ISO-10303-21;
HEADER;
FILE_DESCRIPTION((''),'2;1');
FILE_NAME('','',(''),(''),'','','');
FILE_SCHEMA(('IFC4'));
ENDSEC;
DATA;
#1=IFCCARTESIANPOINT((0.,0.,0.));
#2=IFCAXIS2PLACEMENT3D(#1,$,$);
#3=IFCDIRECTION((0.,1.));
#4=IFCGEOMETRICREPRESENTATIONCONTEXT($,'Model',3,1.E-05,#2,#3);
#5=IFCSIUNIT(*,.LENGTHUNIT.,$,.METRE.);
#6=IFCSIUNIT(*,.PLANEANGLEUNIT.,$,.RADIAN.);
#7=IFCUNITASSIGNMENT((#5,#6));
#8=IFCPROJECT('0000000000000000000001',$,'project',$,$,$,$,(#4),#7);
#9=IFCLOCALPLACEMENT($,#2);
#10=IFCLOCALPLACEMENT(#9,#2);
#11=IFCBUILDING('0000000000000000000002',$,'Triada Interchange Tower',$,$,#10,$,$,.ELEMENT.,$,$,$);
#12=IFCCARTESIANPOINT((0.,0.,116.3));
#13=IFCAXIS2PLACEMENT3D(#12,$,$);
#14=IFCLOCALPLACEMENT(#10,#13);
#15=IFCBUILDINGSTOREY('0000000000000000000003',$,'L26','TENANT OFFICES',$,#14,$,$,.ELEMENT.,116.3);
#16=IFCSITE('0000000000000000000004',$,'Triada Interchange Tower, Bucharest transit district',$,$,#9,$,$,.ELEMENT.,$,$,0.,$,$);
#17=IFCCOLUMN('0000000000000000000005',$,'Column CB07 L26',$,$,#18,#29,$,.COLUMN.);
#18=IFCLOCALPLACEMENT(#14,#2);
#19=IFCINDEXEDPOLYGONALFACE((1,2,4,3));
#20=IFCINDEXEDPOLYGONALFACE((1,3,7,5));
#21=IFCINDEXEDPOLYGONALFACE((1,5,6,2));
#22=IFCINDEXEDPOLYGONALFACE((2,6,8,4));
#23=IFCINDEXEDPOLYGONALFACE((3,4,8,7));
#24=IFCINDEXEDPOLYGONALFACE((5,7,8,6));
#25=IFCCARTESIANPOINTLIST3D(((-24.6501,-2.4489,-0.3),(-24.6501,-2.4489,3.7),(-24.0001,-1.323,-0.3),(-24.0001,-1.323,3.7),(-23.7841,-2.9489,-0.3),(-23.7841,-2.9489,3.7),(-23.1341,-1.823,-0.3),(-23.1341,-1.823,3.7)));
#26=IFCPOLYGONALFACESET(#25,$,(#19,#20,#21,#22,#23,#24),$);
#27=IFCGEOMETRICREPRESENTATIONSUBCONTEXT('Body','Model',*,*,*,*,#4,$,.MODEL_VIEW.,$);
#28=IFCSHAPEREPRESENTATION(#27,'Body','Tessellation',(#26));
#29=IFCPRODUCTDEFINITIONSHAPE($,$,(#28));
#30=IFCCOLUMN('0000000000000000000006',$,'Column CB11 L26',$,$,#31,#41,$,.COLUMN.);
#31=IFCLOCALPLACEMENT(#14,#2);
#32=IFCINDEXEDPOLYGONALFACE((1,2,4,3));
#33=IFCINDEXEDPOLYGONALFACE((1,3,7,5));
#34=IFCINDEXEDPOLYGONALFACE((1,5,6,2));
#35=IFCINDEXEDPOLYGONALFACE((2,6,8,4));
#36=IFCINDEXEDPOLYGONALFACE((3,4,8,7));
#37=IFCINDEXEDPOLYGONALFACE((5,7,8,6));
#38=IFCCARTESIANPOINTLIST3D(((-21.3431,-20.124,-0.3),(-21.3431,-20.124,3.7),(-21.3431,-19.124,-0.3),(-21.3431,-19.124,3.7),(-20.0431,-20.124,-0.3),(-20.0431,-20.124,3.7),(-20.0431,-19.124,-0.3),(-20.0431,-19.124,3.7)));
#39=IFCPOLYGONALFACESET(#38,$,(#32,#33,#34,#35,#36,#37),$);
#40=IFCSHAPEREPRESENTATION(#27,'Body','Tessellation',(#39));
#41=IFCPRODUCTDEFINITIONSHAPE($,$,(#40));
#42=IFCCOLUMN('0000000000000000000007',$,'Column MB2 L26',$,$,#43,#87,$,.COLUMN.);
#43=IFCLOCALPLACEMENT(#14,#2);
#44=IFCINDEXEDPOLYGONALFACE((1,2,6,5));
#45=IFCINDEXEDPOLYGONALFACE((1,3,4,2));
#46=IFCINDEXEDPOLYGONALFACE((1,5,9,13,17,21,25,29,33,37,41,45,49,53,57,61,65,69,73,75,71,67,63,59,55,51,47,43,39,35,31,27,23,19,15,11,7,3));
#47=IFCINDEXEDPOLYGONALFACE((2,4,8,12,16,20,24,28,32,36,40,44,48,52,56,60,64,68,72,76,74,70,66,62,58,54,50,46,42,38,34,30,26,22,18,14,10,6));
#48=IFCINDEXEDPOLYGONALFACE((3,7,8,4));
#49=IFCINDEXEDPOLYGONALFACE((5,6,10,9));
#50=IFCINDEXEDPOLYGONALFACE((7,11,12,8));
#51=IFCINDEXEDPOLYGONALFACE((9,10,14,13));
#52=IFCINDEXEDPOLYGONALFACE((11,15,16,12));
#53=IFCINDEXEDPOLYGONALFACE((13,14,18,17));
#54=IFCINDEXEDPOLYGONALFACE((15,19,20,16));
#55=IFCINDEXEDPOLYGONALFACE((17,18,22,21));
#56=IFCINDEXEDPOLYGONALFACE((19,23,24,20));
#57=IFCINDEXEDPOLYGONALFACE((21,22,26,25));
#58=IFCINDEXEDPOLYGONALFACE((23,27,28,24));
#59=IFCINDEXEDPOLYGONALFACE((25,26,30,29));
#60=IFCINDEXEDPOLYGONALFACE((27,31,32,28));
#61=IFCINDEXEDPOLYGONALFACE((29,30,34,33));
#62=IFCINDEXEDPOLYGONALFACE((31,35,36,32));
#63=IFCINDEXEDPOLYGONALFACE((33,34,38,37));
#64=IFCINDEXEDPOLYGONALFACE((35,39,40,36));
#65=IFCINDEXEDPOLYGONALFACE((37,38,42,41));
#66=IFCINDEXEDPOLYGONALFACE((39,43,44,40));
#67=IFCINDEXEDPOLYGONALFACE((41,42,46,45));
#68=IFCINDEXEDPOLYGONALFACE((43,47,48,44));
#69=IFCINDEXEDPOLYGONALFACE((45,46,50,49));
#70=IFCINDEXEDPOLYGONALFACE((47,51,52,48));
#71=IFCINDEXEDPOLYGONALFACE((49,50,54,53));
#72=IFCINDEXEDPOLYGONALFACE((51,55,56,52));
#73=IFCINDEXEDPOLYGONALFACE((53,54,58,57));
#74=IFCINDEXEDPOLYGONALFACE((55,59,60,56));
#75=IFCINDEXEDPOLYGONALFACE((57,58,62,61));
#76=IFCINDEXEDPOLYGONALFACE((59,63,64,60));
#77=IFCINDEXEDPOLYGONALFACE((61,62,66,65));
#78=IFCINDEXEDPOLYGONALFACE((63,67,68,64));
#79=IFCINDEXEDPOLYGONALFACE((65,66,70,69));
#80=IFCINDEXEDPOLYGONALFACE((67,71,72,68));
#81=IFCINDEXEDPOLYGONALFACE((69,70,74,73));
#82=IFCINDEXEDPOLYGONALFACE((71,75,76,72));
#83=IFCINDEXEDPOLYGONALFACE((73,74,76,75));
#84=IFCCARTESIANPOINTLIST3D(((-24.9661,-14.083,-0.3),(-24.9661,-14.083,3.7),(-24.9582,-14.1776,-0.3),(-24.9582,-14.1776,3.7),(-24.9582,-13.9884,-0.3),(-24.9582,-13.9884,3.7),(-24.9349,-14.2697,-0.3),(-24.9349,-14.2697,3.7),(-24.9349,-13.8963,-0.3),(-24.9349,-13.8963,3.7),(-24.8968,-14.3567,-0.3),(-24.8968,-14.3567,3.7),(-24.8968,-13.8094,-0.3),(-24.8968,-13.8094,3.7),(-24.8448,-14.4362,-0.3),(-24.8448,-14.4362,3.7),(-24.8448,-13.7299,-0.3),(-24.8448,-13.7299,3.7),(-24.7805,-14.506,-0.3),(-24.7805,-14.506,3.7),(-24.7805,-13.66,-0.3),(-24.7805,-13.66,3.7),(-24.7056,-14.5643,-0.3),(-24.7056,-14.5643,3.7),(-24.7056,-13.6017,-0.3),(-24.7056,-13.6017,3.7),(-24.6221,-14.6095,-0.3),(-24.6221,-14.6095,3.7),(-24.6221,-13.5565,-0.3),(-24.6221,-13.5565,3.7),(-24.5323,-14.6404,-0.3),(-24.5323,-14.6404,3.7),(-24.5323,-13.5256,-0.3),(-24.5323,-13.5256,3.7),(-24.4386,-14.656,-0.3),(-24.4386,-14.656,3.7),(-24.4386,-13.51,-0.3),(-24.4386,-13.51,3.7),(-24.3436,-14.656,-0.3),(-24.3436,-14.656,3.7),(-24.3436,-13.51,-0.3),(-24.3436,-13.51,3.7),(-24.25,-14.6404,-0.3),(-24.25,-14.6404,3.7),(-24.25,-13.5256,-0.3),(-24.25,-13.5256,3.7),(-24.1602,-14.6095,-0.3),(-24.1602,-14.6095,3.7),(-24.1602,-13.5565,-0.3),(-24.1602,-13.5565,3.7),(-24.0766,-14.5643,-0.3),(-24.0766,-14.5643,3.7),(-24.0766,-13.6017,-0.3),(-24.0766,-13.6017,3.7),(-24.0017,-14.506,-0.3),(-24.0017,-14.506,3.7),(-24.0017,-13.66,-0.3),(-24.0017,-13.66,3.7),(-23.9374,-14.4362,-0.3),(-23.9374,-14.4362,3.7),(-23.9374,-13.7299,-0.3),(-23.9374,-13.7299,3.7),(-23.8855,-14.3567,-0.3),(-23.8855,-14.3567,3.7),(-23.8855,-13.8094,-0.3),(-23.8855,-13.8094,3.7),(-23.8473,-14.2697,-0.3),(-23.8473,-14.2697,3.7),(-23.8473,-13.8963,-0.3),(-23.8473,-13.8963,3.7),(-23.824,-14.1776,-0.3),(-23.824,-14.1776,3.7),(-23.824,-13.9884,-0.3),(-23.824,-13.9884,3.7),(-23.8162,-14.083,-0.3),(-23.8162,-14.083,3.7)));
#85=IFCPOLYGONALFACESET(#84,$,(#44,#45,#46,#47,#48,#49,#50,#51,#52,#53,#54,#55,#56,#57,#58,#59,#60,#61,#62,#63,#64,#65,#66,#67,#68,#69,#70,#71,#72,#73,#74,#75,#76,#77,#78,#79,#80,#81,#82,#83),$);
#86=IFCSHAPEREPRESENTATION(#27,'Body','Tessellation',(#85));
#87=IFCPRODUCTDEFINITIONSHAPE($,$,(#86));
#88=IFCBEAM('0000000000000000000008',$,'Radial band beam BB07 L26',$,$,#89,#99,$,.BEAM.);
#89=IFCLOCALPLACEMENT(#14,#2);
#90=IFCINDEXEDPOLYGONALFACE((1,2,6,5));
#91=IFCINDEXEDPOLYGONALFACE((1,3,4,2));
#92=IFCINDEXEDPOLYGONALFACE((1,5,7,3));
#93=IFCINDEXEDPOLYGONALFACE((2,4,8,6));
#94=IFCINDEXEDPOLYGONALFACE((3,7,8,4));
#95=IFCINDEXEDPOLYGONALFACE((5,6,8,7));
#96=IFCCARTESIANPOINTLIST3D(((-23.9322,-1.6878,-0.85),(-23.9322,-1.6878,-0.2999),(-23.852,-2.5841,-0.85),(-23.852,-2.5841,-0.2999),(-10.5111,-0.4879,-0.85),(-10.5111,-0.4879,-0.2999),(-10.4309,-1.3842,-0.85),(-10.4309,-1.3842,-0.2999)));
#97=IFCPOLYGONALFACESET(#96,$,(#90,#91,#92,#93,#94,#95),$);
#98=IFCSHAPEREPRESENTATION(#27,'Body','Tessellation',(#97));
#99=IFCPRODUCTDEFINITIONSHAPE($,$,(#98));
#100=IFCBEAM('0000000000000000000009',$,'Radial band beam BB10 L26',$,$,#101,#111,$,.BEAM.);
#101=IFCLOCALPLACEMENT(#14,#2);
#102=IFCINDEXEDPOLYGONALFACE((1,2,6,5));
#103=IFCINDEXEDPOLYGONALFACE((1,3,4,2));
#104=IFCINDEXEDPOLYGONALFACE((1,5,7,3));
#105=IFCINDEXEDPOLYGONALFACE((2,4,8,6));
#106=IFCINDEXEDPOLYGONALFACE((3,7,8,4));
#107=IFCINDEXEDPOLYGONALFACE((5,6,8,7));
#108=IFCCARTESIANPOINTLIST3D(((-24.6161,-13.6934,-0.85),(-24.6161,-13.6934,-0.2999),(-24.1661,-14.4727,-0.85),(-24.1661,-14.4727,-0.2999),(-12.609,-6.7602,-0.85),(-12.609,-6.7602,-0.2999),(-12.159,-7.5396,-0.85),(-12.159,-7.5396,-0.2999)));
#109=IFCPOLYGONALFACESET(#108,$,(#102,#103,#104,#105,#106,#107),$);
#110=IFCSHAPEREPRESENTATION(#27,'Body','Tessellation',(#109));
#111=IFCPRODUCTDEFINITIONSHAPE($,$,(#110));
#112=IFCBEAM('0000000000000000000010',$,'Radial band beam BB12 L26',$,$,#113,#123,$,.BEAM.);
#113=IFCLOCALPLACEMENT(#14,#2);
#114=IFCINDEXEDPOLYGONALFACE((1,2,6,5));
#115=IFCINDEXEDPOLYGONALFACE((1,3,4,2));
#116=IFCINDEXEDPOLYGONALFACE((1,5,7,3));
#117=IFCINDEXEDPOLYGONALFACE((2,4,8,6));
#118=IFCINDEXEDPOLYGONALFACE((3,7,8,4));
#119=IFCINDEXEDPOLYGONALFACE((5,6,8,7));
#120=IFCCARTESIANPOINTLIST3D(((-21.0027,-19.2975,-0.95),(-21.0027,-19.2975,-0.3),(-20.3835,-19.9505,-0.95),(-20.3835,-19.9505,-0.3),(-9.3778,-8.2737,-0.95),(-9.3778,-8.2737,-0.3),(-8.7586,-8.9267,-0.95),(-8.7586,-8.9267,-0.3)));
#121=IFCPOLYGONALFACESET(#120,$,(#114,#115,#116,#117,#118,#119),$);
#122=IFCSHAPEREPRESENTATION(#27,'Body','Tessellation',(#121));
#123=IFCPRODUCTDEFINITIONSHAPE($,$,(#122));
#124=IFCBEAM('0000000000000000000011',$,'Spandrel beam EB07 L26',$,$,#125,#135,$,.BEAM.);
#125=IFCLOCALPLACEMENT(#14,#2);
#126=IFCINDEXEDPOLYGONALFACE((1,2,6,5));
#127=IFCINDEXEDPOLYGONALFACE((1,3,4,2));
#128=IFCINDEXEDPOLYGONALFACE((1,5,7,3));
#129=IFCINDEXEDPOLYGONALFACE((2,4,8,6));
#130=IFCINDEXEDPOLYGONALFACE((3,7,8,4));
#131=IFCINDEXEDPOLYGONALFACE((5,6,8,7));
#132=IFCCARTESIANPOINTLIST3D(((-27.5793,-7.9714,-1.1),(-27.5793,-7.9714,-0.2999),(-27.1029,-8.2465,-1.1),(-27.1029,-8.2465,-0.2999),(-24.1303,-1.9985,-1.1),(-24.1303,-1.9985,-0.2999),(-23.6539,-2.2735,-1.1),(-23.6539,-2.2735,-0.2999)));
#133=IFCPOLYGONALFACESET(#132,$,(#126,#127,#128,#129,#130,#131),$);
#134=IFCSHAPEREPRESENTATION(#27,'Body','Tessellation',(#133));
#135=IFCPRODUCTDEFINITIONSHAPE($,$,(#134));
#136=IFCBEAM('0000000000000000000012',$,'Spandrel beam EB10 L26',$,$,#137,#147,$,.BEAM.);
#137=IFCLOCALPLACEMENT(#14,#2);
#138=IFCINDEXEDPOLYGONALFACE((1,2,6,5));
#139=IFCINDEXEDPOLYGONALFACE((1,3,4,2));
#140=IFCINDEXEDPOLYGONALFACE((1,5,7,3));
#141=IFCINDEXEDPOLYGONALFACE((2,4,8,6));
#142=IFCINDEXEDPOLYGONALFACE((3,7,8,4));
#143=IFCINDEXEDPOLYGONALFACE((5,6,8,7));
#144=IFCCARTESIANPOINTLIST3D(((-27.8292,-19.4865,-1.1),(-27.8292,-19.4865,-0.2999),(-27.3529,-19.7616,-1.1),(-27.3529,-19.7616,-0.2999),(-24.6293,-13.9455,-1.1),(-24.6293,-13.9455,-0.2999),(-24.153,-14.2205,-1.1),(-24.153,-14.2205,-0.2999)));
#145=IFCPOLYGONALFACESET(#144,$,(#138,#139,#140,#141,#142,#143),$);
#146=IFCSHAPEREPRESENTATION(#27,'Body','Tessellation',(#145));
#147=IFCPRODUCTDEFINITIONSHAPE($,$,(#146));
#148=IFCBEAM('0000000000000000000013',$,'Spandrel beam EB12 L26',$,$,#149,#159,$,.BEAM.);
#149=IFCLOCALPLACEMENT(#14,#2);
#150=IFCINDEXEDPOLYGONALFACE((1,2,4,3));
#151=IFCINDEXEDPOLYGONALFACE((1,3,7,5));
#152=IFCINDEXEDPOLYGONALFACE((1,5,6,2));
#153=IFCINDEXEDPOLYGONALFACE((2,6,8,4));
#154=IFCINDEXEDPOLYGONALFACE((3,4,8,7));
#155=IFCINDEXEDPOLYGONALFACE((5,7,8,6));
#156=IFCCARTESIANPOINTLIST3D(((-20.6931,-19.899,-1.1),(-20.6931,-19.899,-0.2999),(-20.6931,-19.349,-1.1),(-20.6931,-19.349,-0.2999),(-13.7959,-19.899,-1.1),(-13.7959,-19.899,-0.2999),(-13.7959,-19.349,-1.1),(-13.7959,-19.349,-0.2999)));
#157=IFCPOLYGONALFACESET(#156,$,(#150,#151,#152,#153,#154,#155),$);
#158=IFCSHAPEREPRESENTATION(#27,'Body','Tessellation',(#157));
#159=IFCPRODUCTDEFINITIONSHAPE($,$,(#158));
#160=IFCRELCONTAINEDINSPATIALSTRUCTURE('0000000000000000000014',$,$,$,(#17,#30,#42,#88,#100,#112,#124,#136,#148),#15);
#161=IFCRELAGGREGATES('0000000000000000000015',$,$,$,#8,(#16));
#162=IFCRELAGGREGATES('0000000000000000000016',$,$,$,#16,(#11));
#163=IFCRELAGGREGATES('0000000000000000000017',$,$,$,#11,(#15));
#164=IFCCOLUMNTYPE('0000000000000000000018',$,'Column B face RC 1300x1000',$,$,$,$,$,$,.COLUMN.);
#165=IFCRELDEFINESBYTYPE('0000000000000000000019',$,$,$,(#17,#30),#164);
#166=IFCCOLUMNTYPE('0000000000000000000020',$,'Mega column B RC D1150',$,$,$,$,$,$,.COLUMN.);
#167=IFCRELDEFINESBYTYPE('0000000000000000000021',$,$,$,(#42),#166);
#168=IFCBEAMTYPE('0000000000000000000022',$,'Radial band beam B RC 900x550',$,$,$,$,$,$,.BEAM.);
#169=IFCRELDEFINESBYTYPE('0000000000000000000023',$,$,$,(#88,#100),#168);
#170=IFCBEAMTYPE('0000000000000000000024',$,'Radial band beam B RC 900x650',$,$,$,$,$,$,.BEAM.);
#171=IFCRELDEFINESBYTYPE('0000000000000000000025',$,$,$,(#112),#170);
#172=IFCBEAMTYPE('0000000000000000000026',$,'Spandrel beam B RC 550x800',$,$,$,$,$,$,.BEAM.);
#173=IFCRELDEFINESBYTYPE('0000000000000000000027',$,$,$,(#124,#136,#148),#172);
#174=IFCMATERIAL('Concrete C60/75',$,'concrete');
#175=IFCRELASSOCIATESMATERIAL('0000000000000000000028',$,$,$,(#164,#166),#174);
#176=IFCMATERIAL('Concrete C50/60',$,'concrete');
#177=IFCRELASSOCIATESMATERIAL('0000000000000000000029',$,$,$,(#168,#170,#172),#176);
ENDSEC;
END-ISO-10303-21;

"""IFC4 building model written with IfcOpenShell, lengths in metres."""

from ifc_helpers import new_model, si_unit, direction, frame, origin, origin_2d, place, context, subcontext, project, spatial, rectangle, circle, extrude, material, material_profile, profile_set, type_object, element, save


model = new_model("IFC4")

# Units and contexts
model_context = context("Model", 3, precision=1e-05, world=origin(), true_north=direction((0.0, 1.0)))
body_context = subcontext(model_context, "Body", "Model", "MODEL_VIEW")
ifc_project = project(units=[si_unit("LENGTHUNIT", "METRE"), si_unit("PLANEANGLEUNIT", "RADIAN")], contexts=[model_context])

# Site, building, storey
site_placement = place(None, origin())
site = spatial("IfcSite", under=ifc_project, at=site_placement, Name="Triada Interchange Tower, Bucharest transit district", CompositionType="ELEMENT", RefElevation=0.0)
building_placement = place(site_placement, origin())
building = spatial("IfcBuilding", under=site, at=building_placement, Name="Triada Interchange Tower", CompositionType="ELEMENT")
storey_placement = place(building_placement, frame((0.0, 0.0, 116.3)))
storey = spatial("IfcBuildingStorey", under=building, at=storey_placement, Name="L26", Description="TENANT OFFICES", CompositionType="ELEMENT", Elevation=116.3)

# Columns
ifc_material_1 = material(Name="Concrete C60/75", Category="concrete")
ifc_material_profile_1 = material_profile(ifc_material_1, rectangle(XDim=1.3, YDim=1.0, at=origin_2d()), Name="RC 1300x1000")
ifc_profile_set_1 = profile_set([ifc_material_profile_1], Name="Concrete C60/75")
column_type_1 = type_object("IfcColumnType", Name="Column B face RC 1300x1000", PredefinedType="COLUMN", material=ifc_profile_set_1)
for number, where, z_axis, x_axis, name in (
    (1, (-23.8921, -2.136, -0.3), (0.0, 0.0, 1.0), (0.5, 0.866025, 0.0), "Column CB07 L26"),
    (2, (-20.6931, -19.624, -0.3), (0.0, 0.0, 1.0), (1.0, 0.0, 0.0), "Column CB11 L26"),
):
    element("IfcColumn", number, at=place(storey_placement, frame(where, z_axis=z_axis, x_axis=x_axis)), inside=storey, type_object=column_type_1, Name=name, PredefinedType="COLUMN", context=body_context, shape_type="SweptSolid", body=[
        extrude(rectangle(XDim=1.3, YDim=1.0, at=origin_2d()), origin(), (0.0, 0.0, 1.0), 4.0),
    ])
ifc_material_profile_2 = material_profile(ifc_material_1, circle(Radius=0.575, at=origin_2d()), Name="RC D1150")
ifc_profile_set_2 = profile_set([ifc_material_profile_2], Name="Concrete C60/75")
column_type_2 = type_object("IfcColumnType", Name="Mega column B RC D1150", PredefinedType="COLUMN", material=ifc_profile_set_2)
column_placement = place(storey_placement, frame((-24.3911, -14.083, -0.3), z_axis=(0.0, 0.0, 1.0), x_axis=(1.0, 0.0, 0.0)))
element("IfcColumn", 3, at=column_placement, inside=storey, type_object=column_type_2, Name="Column MB2 L26", PredefinedType="COLUMN", context=body_context, shape_type="SweptSolid", body=[
    extrude(circle(Radius=0.575, at=origin_2d()), origin(), (0.0, 0.0, 1.0), 4.0),
])

# Beams
ifc_material_2 = material(Name="Concrete C50/60", Category="concrete")
ifc_material_profile_3 = material_profile(ifc_material_2, rectangle(XDim=0.8999, YDim=0.55, at=origin_2d()), Name="RC 900x550")
ifc_profile_set_3 = profile_set([ifc_material_profile_3], Name="Concrete C50/60")
beam_type_1 = type_object("IfcBeamType", Name="Radial band beam B RC 900x550", PredefinedType="BEAM", material=ifc_profile_set_3)
beam_1_placement = place(storey_placement, frame((-23.8921, -2.136, -0.575), z_axis=(0.996027, 0.089052, 0.0), x_axis=(-0.089052, 0.996027, 0.0)))
element("IfcBeam", 4, at=beam_1_placement, inside=storey, type_object=beam_type_1, Name="Radial band beam BB07 L26", PredefinedType="BEAM", context=body_context, shape_type="SweptSolid", body=[
    extrude(rectangle(XDim=0.8999, YDim=0.55, at=origin_2d()), origin(), (0.0, 0.0, 1.0), 13.4746),
])
beam_2_placement = place(storey_placement, frame((-24.3911, -14.083, -0.575), z_axis=(0.866, 0.500044, 0.0), x_axis=(-0.500044, 0.866, 0.0)))
element("IfcBeam", 5, at=beam_2_placement, inside=storey, type_object=beam_type_1, Name="Radial band beam BB10 L26", PredefinedType="BEAM", context=body_context, shape_type="SweptSolid", body=[
    extrude(rectangle(XDim=0.8999, YDim=0.55, at=origin_2d()), origin(), (0.0, 0.0, 1.0), 13.865),
])
ifc_material_profile_4 = material_profile(ifc_material_2, rectangle(XDim=0.8999, YDim=0.6499, at=origin_2d()), Name="RC 900x650")
ifc_profile_set_4 = profile_set([ifc_material_profile_4], Name="Concrete C50/60")
beam_type_2 = type_object("IfcBeamType", Name="Radial band beam B RC 900x650", PredefinedType="BEAM", material=ifc_profile_set_4)
beam_3_placement = place(storey_placement, frame((-20.6931, -19.624, -0.625), z_axis=(0.725617, 0.688099, 0.0), x_axis=(-0.688099, 0.725617, 0.0)))
element("IfcBeam", 6, at=beam_3_placement, inside=storey, type_object=beam_type_2, Name="Radial band beam BB12 L26", PredefinedType="BEAM", context=body_context, shape_type="SweptSolid", body=[
    extrude(rectangle(XDim=0.8999, YDim=0.6499, at=origin_2d()), origin(), (0.0, 0.0, 1.0), 16.0208),
])
ifc_material_profile_5 = material_profile(ifc_material_2, rectangle(XDim=0.55, YDim=0.8, at=origin_2d()), Name="RC 550x800")
ifc_profile_set_5 = profile_set([ifc_material_profile_5], Name="Concrete C50/60")
beam_type_3 = type_object("IfcBeamType", Name="Spandrel beam B RC 550x800", PredefinedType="BEAM", material=ifc_profile_set_5)
beam_4_placement = place(storey_placement, frame((-23.8921, -2.136, -0.7), z_axis=(-0.500056, -0.865993, 0.0), x_axis=(0.865993, -0.500056, 0.0)))
element("IfcBeam", 7, at=beam_4_placement, inside=storey, type_object=beam_type_3, Name="Spandrel beam EB07 L26", PredefinedType="BEAM", context=body_context, shape_type="SweptSolid", body=[
    extrude(rectangle(XDim=0.55, YDim=0.8, at=origin_2d()), origin(), (0.0, 0.0, 1.0), 6.8972),
])
beam_5_placement = place(storey_placement, frame((-24.3911, -14.083, -0.7), z_axis=(-0.500099, -0.865968, 0.0), x_axis=(0.865968, -0.500099, 0.0)))
element("IfcBeam", 8, at=beam_5_placement, inside=storey, type_object=beam_type_3, Name="Spandrel beam EB10 L26", PredefinedType="BEAM", context=body_context, shape_type="SweptSolid", body=[
    extrude(rectangle(XDim=0.55, YDim=0.8, at=origin_2d()), origin(), (0.0, 0.0, 1.0), 6.3987),
])
beam_6_placement = place(storey_placement, frame((-20.6931, -19.624, -0.7), z_axis=(1.0, 0.0, 0.0), x_axis=(0.0, 1.0, 0.0)))
element("IfcBeam", 9, at=beam_6_placement, inside=storey, type_object=beam_type_3, Name="Spandrel beam EB12 L26", PredefinedType="BEAM", context=body_context, shape_type="SweptSolid", body=[
    extrude(rectangle(XDim=0.55, YDim=0.8, at=origin_2d()), origin(), (0.0, 0.0, 1.0), 6.8972),
])

save(model, "model.ifc")
